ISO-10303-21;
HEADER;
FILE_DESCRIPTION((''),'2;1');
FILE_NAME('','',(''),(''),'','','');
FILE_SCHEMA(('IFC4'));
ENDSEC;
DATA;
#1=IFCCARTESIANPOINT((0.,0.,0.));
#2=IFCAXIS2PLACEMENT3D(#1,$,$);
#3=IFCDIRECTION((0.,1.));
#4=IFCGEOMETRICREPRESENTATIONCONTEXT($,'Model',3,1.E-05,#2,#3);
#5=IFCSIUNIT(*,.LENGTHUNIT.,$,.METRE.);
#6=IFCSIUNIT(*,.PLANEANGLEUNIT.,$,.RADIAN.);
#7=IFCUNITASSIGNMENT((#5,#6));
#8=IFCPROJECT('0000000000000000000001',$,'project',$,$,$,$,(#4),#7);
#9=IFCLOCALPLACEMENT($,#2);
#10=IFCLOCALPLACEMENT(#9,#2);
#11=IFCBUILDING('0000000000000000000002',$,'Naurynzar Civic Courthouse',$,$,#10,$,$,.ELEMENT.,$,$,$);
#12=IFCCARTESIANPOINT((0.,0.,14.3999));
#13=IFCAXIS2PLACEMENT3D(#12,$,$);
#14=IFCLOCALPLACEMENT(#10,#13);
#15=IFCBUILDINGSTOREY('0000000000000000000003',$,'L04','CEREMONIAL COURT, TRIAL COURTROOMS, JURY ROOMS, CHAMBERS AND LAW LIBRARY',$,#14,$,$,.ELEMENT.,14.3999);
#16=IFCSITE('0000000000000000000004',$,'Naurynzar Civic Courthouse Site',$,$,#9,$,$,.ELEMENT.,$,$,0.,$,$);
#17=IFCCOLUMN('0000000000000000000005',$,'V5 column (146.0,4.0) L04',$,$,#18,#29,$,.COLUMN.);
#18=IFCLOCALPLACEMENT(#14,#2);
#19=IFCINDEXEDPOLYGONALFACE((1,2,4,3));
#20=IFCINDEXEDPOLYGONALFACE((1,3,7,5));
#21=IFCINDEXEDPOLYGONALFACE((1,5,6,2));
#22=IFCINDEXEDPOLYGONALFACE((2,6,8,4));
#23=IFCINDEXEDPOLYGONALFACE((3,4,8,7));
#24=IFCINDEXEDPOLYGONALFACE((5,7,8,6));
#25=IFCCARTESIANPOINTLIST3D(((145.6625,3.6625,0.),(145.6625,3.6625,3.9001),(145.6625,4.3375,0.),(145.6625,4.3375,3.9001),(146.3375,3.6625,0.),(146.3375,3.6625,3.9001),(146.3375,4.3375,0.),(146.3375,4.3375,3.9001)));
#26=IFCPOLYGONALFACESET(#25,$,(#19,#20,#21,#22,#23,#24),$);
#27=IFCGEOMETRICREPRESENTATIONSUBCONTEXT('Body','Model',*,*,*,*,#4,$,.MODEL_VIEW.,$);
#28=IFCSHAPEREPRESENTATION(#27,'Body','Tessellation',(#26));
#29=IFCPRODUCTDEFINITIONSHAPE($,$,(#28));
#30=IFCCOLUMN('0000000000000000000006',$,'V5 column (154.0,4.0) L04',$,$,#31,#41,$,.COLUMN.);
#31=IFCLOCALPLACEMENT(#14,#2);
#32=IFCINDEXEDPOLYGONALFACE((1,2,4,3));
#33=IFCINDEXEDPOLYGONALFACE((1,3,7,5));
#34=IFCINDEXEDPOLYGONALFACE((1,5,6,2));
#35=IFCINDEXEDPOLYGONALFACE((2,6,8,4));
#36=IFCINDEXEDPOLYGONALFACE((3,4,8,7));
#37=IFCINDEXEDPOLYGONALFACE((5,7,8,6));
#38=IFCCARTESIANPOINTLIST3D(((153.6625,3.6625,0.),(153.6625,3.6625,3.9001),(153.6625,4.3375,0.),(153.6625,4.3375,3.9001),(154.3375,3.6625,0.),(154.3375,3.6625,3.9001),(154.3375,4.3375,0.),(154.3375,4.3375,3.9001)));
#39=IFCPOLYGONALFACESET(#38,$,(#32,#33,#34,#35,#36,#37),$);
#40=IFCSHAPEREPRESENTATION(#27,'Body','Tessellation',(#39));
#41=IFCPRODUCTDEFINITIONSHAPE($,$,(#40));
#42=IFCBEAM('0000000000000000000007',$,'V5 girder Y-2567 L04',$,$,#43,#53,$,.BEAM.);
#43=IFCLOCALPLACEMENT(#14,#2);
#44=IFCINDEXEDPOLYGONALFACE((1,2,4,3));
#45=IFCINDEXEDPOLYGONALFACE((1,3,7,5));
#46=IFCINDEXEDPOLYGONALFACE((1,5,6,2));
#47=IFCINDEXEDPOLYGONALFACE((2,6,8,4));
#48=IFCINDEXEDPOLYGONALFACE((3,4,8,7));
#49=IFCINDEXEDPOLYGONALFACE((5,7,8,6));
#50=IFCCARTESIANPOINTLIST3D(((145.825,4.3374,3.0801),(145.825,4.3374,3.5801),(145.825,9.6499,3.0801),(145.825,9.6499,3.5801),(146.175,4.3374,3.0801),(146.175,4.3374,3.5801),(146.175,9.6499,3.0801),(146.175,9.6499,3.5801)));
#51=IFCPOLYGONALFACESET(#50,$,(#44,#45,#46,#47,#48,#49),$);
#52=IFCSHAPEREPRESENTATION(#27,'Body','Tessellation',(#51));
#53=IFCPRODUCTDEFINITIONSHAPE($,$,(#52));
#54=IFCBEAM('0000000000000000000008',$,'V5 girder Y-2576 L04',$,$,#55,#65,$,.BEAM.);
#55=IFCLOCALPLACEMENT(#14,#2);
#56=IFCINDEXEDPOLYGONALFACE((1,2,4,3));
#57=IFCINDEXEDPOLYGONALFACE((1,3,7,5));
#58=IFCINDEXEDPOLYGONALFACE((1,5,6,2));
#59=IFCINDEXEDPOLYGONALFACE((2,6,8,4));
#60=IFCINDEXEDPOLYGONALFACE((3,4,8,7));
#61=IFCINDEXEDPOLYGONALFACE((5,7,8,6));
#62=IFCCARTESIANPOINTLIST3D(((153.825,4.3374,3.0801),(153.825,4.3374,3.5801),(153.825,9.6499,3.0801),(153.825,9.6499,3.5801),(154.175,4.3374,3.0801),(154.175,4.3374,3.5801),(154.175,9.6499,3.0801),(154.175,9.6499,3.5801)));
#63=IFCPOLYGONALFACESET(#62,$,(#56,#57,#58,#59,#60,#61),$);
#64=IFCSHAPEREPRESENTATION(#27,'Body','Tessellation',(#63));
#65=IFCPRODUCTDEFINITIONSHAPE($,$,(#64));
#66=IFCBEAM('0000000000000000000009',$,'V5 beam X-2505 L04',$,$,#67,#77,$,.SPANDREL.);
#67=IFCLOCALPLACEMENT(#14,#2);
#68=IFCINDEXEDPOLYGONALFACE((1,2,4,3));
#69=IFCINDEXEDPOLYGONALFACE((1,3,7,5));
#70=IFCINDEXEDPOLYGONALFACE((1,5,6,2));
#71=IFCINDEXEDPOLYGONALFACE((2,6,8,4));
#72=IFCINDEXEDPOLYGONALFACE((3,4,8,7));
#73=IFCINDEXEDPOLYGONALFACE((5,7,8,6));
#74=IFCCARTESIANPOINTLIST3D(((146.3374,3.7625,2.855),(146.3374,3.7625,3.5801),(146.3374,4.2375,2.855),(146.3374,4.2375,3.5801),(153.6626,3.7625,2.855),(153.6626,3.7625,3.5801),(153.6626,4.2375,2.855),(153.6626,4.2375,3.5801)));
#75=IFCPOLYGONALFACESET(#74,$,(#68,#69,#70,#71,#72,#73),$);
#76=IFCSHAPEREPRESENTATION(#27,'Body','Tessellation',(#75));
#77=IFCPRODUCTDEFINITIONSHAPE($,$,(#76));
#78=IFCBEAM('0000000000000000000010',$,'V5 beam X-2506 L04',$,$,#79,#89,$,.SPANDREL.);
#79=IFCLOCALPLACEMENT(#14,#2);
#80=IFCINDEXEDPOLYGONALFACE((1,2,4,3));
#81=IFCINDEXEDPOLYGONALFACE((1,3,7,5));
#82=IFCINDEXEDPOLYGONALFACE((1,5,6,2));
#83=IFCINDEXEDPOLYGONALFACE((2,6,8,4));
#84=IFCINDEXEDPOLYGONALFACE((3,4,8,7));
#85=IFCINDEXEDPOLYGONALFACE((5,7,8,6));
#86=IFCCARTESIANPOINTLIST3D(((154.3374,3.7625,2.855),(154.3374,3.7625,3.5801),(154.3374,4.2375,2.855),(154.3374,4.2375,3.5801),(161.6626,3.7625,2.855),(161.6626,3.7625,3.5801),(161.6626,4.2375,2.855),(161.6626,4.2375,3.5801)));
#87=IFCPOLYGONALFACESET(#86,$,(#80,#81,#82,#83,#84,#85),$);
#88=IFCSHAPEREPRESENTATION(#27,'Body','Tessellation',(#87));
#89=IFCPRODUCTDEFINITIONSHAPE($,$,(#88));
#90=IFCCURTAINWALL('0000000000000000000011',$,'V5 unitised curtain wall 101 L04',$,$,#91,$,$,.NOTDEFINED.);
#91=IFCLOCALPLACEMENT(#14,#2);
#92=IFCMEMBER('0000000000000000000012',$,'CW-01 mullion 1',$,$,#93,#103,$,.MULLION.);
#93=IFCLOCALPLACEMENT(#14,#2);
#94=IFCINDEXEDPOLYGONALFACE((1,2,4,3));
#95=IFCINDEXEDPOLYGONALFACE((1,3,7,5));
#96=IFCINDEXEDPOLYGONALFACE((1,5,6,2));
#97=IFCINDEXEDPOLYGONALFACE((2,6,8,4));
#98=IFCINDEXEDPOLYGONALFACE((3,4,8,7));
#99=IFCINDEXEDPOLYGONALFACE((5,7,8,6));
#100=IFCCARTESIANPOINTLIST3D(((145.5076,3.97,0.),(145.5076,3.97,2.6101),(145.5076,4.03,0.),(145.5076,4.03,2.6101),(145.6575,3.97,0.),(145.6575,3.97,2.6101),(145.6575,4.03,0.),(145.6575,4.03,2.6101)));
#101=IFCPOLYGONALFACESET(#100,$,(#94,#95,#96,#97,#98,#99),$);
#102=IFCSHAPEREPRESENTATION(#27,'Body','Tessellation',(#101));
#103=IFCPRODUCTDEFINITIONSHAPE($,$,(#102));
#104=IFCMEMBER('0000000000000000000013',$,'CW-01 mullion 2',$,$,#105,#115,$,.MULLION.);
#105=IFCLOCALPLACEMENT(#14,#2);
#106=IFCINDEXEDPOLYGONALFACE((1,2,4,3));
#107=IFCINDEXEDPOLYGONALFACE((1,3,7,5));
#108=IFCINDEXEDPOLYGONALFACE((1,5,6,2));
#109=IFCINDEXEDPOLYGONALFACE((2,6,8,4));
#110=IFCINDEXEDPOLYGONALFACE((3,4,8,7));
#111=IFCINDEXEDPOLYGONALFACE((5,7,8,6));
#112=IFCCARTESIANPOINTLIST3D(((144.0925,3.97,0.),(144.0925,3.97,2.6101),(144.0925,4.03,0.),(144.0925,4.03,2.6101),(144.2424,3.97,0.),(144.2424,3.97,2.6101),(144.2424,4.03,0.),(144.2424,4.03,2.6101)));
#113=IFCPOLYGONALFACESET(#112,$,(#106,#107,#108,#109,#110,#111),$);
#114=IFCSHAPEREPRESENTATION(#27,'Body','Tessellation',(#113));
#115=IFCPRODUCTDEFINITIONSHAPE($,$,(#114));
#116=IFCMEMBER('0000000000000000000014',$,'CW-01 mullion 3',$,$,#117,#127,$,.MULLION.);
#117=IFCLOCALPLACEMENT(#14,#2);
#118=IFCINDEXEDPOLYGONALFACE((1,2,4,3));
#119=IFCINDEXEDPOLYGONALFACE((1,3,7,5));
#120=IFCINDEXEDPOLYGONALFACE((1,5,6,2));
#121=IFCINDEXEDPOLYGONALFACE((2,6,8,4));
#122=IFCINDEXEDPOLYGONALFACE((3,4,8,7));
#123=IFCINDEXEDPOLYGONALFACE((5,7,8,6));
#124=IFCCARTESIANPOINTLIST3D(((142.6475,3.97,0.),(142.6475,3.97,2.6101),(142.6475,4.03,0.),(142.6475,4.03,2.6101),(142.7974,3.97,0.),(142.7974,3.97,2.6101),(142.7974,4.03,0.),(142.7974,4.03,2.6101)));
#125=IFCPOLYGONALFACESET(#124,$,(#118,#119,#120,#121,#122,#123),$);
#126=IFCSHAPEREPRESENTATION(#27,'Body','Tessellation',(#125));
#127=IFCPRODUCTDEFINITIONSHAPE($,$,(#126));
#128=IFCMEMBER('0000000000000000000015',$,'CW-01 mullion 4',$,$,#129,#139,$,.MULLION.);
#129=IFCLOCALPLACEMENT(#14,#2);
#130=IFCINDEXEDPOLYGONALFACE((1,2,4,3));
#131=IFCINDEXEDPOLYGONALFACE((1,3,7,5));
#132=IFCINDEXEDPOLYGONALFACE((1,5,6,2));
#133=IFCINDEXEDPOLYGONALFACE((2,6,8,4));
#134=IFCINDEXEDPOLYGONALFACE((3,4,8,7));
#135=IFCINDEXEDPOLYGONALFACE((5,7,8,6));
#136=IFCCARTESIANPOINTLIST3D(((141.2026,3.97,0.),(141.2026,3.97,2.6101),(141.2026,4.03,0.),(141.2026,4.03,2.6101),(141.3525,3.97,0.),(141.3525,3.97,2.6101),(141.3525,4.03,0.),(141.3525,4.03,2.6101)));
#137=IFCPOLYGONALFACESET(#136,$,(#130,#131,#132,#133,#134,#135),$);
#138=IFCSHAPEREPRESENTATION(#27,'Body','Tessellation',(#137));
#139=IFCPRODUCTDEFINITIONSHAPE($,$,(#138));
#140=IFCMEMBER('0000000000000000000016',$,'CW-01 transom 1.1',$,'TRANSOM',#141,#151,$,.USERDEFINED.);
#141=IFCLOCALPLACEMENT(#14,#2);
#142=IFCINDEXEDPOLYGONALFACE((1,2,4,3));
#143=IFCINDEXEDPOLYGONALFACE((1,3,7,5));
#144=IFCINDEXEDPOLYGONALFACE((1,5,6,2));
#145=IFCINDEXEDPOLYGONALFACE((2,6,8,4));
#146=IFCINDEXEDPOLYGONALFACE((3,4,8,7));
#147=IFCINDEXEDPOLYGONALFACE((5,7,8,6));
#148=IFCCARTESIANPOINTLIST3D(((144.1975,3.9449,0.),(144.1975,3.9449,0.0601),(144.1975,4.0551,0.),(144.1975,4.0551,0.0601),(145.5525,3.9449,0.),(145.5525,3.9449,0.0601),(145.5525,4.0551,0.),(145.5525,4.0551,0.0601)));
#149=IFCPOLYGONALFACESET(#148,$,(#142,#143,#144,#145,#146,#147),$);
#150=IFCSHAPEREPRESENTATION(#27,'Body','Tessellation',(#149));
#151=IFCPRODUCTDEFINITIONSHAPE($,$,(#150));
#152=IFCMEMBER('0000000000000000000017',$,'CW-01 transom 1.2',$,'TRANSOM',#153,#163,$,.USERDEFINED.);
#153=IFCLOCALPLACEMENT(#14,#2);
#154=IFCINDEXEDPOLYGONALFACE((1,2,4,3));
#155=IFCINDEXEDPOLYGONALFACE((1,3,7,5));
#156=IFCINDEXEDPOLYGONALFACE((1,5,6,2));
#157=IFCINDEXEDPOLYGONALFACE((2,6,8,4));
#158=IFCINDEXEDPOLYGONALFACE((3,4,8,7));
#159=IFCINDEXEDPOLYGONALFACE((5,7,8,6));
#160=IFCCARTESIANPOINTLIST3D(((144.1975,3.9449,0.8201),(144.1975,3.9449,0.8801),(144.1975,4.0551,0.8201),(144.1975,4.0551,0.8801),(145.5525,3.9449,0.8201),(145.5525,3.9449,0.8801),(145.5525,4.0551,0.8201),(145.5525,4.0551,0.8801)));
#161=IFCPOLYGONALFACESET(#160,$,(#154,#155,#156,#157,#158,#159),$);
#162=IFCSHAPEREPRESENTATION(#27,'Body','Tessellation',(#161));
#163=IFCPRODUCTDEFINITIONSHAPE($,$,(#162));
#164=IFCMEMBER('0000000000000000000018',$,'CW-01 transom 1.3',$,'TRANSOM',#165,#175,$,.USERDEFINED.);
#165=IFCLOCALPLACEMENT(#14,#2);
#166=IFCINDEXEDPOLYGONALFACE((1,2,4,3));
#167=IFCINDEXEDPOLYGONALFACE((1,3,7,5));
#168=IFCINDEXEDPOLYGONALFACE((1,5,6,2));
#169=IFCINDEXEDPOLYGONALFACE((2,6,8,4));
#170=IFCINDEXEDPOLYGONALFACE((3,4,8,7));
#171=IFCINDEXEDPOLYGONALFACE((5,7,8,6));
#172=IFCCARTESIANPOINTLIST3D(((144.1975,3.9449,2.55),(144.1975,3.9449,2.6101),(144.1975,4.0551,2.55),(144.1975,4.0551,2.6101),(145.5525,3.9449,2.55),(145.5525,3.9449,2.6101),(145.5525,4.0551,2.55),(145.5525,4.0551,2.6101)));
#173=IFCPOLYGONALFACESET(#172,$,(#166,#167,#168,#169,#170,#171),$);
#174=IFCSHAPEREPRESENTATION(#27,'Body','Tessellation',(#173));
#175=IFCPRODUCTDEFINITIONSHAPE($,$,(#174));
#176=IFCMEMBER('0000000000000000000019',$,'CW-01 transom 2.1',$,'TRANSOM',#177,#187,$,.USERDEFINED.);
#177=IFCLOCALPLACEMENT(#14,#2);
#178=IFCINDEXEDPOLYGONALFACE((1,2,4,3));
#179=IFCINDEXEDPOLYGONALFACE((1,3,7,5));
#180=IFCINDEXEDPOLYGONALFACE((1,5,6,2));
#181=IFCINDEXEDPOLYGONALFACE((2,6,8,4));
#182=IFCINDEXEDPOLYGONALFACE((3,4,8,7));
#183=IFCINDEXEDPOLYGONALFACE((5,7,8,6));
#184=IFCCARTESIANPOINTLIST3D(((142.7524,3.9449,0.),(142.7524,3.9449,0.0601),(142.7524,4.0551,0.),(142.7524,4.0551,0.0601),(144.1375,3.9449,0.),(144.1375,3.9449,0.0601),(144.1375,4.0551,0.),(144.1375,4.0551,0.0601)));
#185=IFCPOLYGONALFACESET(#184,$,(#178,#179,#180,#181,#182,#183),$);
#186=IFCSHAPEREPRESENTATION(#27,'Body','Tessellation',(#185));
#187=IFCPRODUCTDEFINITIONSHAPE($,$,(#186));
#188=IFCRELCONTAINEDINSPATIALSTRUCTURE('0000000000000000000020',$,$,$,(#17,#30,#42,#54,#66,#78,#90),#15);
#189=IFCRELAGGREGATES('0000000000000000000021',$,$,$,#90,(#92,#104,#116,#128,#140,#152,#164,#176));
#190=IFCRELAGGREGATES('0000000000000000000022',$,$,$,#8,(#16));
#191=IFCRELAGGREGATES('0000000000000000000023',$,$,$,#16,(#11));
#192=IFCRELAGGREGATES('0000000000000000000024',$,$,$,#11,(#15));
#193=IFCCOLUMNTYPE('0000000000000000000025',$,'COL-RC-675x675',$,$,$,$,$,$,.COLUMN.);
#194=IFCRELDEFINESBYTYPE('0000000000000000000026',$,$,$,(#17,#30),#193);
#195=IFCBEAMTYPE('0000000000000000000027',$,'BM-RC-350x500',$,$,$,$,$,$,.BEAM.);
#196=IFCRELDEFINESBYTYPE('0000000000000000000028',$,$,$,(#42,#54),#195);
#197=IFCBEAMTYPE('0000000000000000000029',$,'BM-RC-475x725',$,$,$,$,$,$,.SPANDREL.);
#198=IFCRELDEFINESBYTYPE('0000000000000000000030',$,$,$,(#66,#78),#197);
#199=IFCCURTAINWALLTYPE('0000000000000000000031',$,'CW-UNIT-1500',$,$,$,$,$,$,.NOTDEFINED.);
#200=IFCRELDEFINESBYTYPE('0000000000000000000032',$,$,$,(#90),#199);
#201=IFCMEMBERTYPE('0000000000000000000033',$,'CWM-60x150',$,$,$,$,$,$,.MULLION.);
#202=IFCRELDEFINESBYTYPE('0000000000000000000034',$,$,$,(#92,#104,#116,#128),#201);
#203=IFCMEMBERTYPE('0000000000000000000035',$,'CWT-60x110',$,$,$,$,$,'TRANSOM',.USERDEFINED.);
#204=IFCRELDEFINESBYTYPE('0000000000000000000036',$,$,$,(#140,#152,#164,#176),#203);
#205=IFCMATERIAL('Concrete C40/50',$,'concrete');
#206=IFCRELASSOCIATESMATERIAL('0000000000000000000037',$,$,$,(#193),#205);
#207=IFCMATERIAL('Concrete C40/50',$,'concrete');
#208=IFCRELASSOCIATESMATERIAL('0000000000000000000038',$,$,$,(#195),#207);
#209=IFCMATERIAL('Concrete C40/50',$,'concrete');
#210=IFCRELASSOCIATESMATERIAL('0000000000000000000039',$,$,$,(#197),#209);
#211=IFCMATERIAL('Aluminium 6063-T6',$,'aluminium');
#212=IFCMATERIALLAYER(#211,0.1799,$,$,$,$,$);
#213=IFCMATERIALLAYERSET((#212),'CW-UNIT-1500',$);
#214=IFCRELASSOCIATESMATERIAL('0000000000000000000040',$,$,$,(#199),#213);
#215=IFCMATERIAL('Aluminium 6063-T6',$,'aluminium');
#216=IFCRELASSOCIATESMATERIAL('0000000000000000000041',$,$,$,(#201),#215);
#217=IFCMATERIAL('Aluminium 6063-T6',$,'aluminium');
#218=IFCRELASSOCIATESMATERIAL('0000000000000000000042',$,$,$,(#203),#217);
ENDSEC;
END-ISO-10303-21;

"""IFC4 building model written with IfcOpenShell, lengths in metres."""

from ifc_helpers import new_model, si_unit, direction, frame, origin, origin_2d, place, context, subcontext, project, spatial, rectangle, extrude, material, layer, layer_set, material_profile, profile_set, type_object, element, aggregate, save


model = new_model("IFC4")

# Units and contexts
model_context = context("Model", 3, precision=1e-05, world=origin(), true_north=direction((0.0, 1.0)))
body_context = subcontext(model_context, "Body", "Model", "MODEL_VIEW")
ifc_project = project(units=[si_unit("LENGTHUNIT", "METRE"), si_unit("PLANEANGLEUNIT", "RADIAN")], contexts=[model_context])

# Site, building, storey
site_placement = place(None, origin())
site = spatial("IfcSite", under=ifc_project, at=site_placement, Name="Naurynzar Civic Courthouse Site", CompositionType="ELEMENT", RefElevation=0.0)
building_placement = place(site_placement, origin())
building = spatial("IfcBuilding", under=site, at=building_placement, Name="Naurynzar Civic Courthouse", CompositionType="ELEMENT")
storey_placement = place(building_placement, frame((0.0, 0.0, 14.3999)))
storey = spatial("IfcBuildingStorey", under=building, at=storey_placement, Name="L04", Description="CEREMONIAL COURT, TRIAL COURTROOMS, JURY ROOMS, CHAMBERS AND LAW LIBRARY", CompositionType="ELEMENT", Elevation=14.3999)

# Columns
ifc_material_1 = material(Name="Concrete C40/50", Category="concrete")
ifc_material_profile_1 = material_profile(ifc_material_1, rectangle(XDim=0.675, YDim=0.675, at=origin_2d()), Name="RC 675x675")
ifc_profile_set_1 = profile_set([ifc_material_profile_1], Name="Concrete C40/50")
column_type = type_object("IfcColumnType", Name="COL-RC-675x675", PredefinedType="COLUMN", material=ifc_profile_set_1)
for number, where, z_axis, x_axis, name in (
    (1, (146.0, 4.0, 0.0), (0.0, 0.0, 1.0), (1.0, 0.0, 0.0), "V5 column (146.0,4.0) L04"),
    (2, (154.0, 4.0, 0.0), (0.0, 0.0, 1.0), (1.0, 0.0, 0.0), "V5 column (154.0,4.0) L04"),
):
    element("IfcColumn", number, at=place(storey_placement, frame(where, z_axis=z_axis, x_axis=x_axis)), inside=storey, type_object=column_type, Name=name, PredefinedType="COLUMN", context=body_context, shape_type="SweptSolid", body=[
        extrude(rectangle(XDim=0.675, YDim=0.675, at=origin_2d()), origin(), (0.0, 0.0, 1.0), 3.9001),
    ])

# Beams
ifc_material_2 = material(Name="Concrete C40/50", Category="concrete")
ifc_material_profile_2 = material_profile(ifc_material_2, rectangle(XDim=0.3501, YDim=0.5, at=origin_2d()), Name="RCB 350x500")
ifc_profile_set_2 = profile_set([ifc_material_profile_2], Name="Concrete C40/50")
beam_type_1 = type_object("IfcBeamType", Name="BM-RC-350x500", PredefinedType="BEAM", material=ifc_profile_set_2)
for number, where, z_axis, x_axis, name in (
    (3, (146.0, 4.3374, 3.3301), (0.0, 1.0, 0.0), (-1.0, 0.0, 0.0), "V5 girder Y-2567 L04"),
    (4, (154.0, 4.3374, 3.3301), (0.0, 1.0, 0.0), (-1.0, 0.0, 0.0), "V5 girder Y-2576 L04"),
):
    element("IfcBeam", number, at=place(storey_placement, frame(where, z_axis=z_axis, x_axis=x_axis)), inside=storey, type_object=beam_type_1, Name=name, PredefinedType="BEAM", context=body_context, shape_type="SweptSolid", body=[
        extrude(rectangle(XDim=0.3501, YDim=0.5, at=origin_2d()), origin(), (0.0, 0.0, 1.0), 5.3125),
    ])
ifc_material_3 = material(Name="Concrete C40/50", Category="concrete")
ifc_material_profile_3 = material_profile(ifc_material_3, rectangle(XDim=0.4751, YDim=0.7251, at=origin_2d()), Name="RCB 475x725")
ifc_profile_set_3 = profile_set([ifc_material_profile_3], Name="Concrete C40/50")
beam_type_2 = type_object("IfcBeamType", Name="BM-RC-475x725", PredefinedType="SPANDREL", material=ifc_profile_set_3)
for number, where, z_axis, x_axis, name in (
    (5, (146.3374, 4.0, 3.2175), (1.0, 0.0, 0.0), (0.0, 1.0, 0.0), "V5 beam X-2505 L04"),
    (6, (154.3374, 4.0, 3.2175), (1.0, 0.0, 0.0), (0.0, 1.0, 0.0), "V5 beam X-2506 L04"),
):
    element("IfcBeam", number, at=place(storey_placement, frame(where, z_axis=z_axis, x_axis=x_axis)), inside=storey, type_object=beam_type_2, Name=name, PredefinedType="SPANDREL", context=body_context, shape_type="SweptSolid", body=[
        extrude(rectangle(XDim=0.4751, YDim=0.7251, at=origin_2d()), origin(), (0.0, 0.0, 1.0), 7.3252),
    ])

# Curtain wall, members
ifc_material_4 = material(Name="Aluminium 6063-T6", Category="aluminium")
ifc_layer_1 = layer(ifc_material_4, 0.1799)
ifc_layer_set_1 = layer_set([ifc_layer_1], Name="CW-UNIT-1500")
curtain_wall_type = type_object("IfcCurtainWallType", Name="CW-UNIT-1500", PredefinedType="NOTDEFINED", material=ifc_layer_set_1)
curtain_wall_placement = place(storey_placement, origin())
curtain_wall = element("IfcCurtainWall", 7, at=curtain_wall_placement, inside=storey, type_object=curtain_wall_type, Name="V5 unitised curtain wall 101 L04", PredefinedType="NOTDEFINED")
ifc_material_5 = material(Name="Aluminium 6063-T6", Category="aluminium")
ifc_material_profile_4 = material_profile(ifc_material_5, rectangle(XDim=0.0601, YDim=0.1499, at=origin_2d()), Name="ALU MULLION 60x150")
ifc_profile_set_4 = profile_set([ifc_material_profile_4], Name="Aluminium 6063-T6")
member_type_1 = type_object("IfcMemberType", Name="CWM-60x150", PredefinedType="MULLION", material=ifc_profile_set_4)
member_1_placement = place(storey_placement, frame((145.5825, 4.0, 0.0), z_axis=(0.0, 0.0, 1.0), x_axis=(0.0, -1.0, 0.0)))
member_1 = element("IfcMember", 8, at=member_1_placement, type_object=member_type_1, Name="CW-01 mullion 1", PredefinedType="MULLION", context=body_context, shape_type="SweptSolid", body=[
    extrude(rectangle(XDim=0.0601, YDim=0.1499, at=origin_2d()), origin(), (0.0, 0.0, 1.0), 2.6101),
])
member_2_placement = place(storey_placement, frame((144.1675, 4.0, 0.0), z_axis=(0.0, 0.0, 1.0), x_axis=(0.0, -1.0, 0.0)))
member_2 = element("IfcMember", 9, at=member_2_placement, type_object=member_type_1, Name="CW-01 mullion 2", PredefinedType="MULLION", context=body_context, shape_type="SweptSolid", body=[
    extrude(rectangle(XDim=0.0601, YDim=0.1499, at=origin_2d()), origin(), (0.0, 0.0, 1.0), 2.6101),
])
member_3_placement = place(storey_placement, frame((142.7224, 4.0, 0.0), z_axis=(0.0, 0.0, 1.0), x_axis=(0.0, -1.0, 0.0)))
member_3 = element("IfcMember", 10, at=member_3_placement, type_object=member_type_1, Name="CW-01 mullion 3", PredefinedType="MULLION", context=body_context, shape_type="SweptSolid", body=[
    extrude(rectangle(XDim=0.0601, YDim=0.1499, at=origin_2d()), origin(), (0.0, 0.0, 1.0), 2.6101),
])
member_4_placement = place(storey_placement, frame((141.2776, 4.0, 0.0), z_axis=(0.0, 0.0, 1.0), x_axis=(0.0, -1.0, 0.0)))
member_4 = element("IfcMember", 11, at=member_4_placement, type_object=member_type_1, Name="CW-01 mullion 4", PredefinedType="MULLION", context=body_context, shape_type="SweptSolid", body=[
    extrude(rectangle(XDim=0.0601, YDim=0.1499, at=origin_2d()), origin(), (0.0, 0.0, 1.0), 2.6101),
])
ifc_material_6 = material(Name="Aluminium 6063-T6", Category="aluminium")
ifc_material_profile_5 = material_profile(ifc_material_6, rectangle(XDim=0.1101, YDim=0.0601, at=origin_2d()), Name="ALU TRANSOM 60x110")
ifc_profile_set_5 = profile_set([ifc_material_profile_5], Name="Aluminium 6063-T6")
member_type_2 = type_object("IfcMemberType", Name="CWT-60x110", ElementType="TRANSOM", PredefinedType="USERDEFINED", material=ifc_profile_set_5)
member_5_placement = place(storey_placement, frame((145.5525, 4.0, 0.03), z_axis=(-1.0, 0.0, 0.0), x_axis=(0.0, -1.0, 0.0)))
member_5 = element("IfcMember", 12, at=member_5_placement, type_object=member_type_2, Name="CW-01 transom 1.1", ObjectType="TRANSOM", PredefinedType="USERDEFINED", context=body_context, shape_type="SweptSolid", body=[
    extrude(rectangle(XDim=0.1101, YDim=0.0601, at=origin_2d()), origin(), (0.0, 0.0, 1.0), 1.355),
])
member_6_placement = place(storey_placement, frame((145.5525, 4.0, 0.8501), z_axis=(-1.0, 0.0, 0.0), x_axis=(0.0, -1.0, 0.0)))
member_6 = element("IfcMember", 13, at=member_6_placement, type_object=member_type_2, Name="CW-01 transom 1.2", ObjectType="TRANSOM", PredefinedType="USERDEFINED", context=body_context, shape_type="SweptSolid", body=[
    extrude(rectangle(XDim=0.1101, YDim=0.0601, at=origin_2d()), origin(), (0.0, 0.0, 1.0), 1.355),
])
member_7_placement = place(storey_placement, frame((145.5525, 4.0, 2.5801), z_axis=(-1.0, 0.0, 0.0), x_axis=(0.0, -1.0, 0.0)))
member_7 = element("IfcMember", 14, at=member_7_placement, type_object=member_type_2, Name="CW-01 transom 1.3", ObjectType="TRANSOM", PredefinedType="USERDEFINED", context=body_context, shape_type="SweptSolid", body=[
    extrude(rectangle(XDim=0.1101, YDim=0.0601, at=origin_2d()), origin(), (0.0, 0.0, 1.0), 1.355),
])
member_8_placement = place(storey_placement, frame((144.1375, 4.0, 0.03), z_axis=(-1.0, 0.0, 0.0), x_axis=(0.0, -1.0, 0.0)))
member_8 = element("IfcMember", 15, at=member_8_placement, type_object=member_type_2, Name="CW-01 transom 2.1", ObjectType="TRANSOM", PredefinedType="USERDEFINED", context=body_context, shape_type="SweptSolid", body=[
    extrude(rectangle(XDim=0.1101, YDim=0.0601, at=origin_2d()), origin(), (0.0, 0.0, 1.0), 1.385),
])
aggregate(curtain_wall, [member_1, member_2, member_3, member_4, member_5, member_6, member_7, member_8])

save(model, "model.ifc")
